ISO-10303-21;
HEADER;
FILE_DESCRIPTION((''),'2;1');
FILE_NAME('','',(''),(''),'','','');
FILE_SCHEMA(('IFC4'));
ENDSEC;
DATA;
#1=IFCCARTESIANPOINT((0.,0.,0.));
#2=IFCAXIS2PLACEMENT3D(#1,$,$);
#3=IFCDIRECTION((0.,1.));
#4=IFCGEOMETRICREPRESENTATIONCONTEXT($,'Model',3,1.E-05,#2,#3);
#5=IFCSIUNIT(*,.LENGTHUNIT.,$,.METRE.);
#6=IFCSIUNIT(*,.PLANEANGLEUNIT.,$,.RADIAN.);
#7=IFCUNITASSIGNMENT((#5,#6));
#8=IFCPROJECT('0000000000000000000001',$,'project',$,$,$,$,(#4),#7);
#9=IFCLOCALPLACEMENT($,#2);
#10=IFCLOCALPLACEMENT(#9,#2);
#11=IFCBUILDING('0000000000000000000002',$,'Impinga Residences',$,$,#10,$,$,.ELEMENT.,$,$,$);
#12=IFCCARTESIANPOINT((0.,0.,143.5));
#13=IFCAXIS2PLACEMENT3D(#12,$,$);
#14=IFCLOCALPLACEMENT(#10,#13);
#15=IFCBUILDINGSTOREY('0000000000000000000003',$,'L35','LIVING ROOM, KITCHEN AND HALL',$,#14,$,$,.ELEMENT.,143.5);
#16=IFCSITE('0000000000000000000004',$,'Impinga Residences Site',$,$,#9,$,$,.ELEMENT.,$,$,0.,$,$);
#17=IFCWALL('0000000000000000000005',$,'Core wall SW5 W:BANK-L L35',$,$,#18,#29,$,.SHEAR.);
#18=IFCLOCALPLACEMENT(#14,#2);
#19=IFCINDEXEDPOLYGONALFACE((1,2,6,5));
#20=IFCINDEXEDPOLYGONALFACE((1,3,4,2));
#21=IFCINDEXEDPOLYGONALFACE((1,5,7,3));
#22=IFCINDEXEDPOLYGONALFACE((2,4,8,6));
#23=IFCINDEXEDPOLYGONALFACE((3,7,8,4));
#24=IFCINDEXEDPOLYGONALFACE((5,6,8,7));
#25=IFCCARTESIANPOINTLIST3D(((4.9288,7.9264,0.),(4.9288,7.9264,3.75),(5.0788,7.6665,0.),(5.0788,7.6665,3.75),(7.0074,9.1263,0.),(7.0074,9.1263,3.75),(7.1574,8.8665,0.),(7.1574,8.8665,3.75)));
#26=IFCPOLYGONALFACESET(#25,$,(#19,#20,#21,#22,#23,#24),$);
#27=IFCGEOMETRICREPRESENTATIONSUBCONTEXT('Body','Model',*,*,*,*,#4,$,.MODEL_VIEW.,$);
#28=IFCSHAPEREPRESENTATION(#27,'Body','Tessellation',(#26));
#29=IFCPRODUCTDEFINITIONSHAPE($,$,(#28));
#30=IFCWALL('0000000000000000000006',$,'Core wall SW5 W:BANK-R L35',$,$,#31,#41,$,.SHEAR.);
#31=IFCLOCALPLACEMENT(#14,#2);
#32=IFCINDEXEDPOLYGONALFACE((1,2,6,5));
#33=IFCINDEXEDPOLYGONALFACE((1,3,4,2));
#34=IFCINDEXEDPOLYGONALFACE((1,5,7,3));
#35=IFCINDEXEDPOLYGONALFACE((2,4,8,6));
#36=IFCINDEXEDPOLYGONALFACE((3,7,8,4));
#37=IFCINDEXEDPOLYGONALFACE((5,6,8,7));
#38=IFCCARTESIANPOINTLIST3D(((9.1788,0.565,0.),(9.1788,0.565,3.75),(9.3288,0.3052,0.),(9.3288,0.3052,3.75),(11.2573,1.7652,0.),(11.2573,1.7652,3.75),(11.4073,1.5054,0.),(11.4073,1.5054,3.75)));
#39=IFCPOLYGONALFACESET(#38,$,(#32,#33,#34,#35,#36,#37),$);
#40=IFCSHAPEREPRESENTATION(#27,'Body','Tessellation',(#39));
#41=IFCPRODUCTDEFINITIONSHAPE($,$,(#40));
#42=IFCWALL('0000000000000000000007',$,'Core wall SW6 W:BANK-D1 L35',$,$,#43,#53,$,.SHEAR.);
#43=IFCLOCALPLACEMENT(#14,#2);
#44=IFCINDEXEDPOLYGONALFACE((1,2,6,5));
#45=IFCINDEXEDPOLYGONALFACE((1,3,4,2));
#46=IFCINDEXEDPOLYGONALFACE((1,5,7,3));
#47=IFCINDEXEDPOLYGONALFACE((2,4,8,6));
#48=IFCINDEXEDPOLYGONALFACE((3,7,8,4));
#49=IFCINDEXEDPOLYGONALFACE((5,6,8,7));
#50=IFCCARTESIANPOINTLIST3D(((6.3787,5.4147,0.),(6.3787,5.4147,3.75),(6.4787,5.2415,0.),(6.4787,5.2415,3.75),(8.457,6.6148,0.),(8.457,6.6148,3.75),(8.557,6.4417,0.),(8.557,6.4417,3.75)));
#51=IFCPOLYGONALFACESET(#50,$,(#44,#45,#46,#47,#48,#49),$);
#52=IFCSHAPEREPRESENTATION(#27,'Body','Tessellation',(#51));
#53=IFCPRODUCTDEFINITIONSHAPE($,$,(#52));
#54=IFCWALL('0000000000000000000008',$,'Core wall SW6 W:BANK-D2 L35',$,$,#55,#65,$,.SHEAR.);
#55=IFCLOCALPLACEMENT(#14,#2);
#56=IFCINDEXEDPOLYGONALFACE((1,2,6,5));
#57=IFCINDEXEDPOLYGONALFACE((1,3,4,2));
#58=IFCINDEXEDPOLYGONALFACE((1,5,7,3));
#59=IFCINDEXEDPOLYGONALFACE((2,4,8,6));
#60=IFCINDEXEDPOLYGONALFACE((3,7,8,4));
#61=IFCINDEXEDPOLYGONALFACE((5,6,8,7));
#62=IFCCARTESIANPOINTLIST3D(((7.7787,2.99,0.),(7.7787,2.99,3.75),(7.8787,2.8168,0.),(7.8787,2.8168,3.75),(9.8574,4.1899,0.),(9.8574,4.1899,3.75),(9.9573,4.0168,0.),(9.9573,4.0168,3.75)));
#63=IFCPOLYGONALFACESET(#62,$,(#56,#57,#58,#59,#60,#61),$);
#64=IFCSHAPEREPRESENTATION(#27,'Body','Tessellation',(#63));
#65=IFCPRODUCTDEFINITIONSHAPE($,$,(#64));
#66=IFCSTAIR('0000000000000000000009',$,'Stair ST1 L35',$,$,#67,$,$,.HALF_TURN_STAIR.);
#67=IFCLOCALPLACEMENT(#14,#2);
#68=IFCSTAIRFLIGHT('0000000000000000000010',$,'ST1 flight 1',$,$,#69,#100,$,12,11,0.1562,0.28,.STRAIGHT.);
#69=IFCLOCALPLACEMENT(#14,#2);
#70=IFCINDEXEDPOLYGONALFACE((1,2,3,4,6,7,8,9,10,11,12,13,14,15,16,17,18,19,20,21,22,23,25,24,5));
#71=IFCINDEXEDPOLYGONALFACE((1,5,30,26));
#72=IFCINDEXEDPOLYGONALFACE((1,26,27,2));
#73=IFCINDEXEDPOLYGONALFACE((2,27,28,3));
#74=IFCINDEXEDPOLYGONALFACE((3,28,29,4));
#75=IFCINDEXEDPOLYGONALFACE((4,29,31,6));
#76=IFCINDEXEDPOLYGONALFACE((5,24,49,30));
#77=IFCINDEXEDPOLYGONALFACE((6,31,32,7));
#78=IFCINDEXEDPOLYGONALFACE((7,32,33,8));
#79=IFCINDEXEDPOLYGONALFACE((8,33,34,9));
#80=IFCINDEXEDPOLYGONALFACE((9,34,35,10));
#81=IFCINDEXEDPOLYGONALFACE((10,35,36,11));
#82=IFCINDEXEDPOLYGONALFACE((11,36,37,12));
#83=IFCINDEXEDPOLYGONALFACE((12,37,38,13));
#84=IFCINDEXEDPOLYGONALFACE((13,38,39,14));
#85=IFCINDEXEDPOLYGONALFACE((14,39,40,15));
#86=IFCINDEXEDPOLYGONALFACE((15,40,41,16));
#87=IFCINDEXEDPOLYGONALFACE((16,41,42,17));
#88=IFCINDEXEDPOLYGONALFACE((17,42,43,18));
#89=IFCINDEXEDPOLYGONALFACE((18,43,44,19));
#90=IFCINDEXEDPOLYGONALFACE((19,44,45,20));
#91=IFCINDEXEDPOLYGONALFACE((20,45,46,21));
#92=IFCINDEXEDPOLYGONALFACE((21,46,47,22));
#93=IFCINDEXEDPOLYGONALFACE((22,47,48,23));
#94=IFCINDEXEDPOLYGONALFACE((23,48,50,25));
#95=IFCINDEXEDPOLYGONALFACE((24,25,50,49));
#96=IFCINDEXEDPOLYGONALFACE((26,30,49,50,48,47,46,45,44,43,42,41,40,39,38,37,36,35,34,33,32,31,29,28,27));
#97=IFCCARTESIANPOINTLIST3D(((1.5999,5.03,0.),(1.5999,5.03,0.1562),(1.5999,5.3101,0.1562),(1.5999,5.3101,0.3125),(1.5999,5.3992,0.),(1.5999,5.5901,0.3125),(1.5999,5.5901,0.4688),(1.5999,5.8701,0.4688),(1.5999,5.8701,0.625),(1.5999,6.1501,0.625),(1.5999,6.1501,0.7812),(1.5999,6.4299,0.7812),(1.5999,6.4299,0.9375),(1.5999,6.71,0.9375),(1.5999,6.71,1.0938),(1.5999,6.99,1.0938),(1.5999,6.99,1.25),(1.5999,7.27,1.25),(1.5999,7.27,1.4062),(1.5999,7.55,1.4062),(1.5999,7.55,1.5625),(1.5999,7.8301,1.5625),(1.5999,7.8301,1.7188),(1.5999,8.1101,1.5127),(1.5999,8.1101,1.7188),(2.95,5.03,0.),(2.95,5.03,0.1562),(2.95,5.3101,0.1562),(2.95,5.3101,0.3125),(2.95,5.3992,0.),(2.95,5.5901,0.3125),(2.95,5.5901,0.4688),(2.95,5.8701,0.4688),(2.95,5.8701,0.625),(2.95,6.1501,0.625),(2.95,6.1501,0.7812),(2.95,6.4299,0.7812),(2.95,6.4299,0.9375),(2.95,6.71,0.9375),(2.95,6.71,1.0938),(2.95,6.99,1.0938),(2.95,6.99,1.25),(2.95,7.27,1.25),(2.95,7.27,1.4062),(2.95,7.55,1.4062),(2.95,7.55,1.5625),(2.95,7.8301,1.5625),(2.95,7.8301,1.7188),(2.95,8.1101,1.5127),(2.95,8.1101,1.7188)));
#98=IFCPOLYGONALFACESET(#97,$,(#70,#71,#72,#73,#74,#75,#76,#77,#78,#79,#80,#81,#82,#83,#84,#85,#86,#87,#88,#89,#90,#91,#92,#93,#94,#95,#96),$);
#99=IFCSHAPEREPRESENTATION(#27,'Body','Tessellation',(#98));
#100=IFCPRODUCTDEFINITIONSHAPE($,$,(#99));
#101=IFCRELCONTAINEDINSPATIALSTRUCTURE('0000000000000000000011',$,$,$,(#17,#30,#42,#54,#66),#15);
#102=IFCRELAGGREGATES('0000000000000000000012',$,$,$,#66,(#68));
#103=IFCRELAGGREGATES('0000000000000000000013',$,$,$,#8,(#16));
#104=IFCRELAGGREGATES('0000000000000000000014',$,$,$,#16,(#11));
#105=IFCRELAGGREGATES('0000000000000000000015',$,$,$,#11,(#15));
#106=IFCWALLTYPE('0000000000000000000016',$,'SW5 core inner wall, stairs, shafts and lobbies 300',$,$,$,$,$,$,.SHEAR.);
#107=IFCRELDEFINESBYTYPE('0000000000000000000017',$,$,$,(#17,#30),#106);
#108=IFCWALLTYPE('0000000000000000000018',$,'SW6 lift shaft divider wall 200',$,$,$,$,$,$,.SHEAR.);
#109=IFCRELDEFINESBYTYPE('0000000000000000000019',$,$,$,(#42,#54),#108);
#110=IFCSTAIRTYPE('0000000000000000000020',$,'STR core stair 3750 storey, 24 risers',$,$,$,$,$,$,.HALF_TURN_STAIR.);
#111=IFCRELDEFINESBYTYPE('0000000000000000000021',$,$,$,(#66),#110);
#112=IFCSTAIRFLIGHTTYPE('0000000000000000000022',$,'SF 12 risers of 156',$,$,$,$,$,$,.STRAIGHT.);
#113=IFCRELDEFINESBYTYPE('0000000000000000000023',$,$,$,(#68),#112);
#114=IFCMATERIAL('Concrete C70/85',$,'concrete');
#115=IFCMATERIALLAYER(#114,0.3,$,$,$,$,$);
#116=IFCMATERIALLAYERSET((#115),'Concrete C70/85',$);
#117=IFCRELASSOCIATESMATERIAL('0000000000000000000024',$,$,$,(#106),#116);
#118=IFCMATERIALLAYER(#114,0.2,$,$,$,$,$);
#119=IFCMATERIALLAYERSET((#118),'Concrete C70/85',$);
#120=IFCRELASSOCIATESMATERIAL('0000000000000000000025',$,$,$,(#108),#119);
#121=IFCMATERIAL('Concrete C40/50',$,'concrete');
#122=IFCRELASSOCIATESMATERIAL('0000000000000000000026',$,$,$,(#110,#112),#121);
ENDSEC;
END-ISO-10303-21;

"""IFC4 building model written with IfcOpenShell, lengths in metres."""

from ifc_helpers import new_model, si_unit, direction, frame, frame_2d, origin, place, context, subcontext, project, spatial, polyline, rectangle, outline, extrude, material, layer, layer_set, type_object, element, aggregate, save


model = new_model("IFC4")

# Units and contexts
model_context = context("Model", 3, precision=1e-05, world=origin(), true_north=direction((0.0, 1.0)))
body_context = subcontext(model_context, "Body", "Model", "MODEL_VIEW")
ifc_project = project(units=[si_unit("LENGTHUNIT", "METRE"), si_unit("PLANEANGLEUNIT", "RADIAN")], contexts=[model_context])

# Site, building, storey
site_placement = place(None, origin())
site = spatial("IfcSite", under=ifc_project, at=site_placement, Name="Impinga Residences Site", CompositionType="ELEMENT", RefElevation=0.0)
building_placement = place(site_placement, origin())
building = spatial("IfcBuilding", under=site, at=building_placement, Name="Impinga Residences", CompositionType="ELEMENT")
storey_placement = place(building_placement, frame((0.0, 0.0, 143.5)))
storey = spatial("IfcBuildingStorey", under=building, at=storey_placement, Name="L35", Description="LIVING ROOM, KITCHEN AND HALL", CompositionType="ELEMENT", Elevation=143.5)

# Shared definitions
ifc_material_1 = material(Name="Concrete C70/85", Category="concrete")
ifc_layer_1 = layer(ifc_material_1, 0.3)
ifc_layer_set_1 = layer_set([ifc_layer_1], Name="Concrete C70/85")
wall_type_1 = type_object("IfcWallType", Name="SW5 core inner wall, stairs, shafts and lobbies 300", PredefinedType="SHEAR", material=ifc_layer_set_1)

# Walls
for number, where, z_axis, x_axis, name in (
    (1, (5.0037, 7.7964, 0.0), (0.0, 0.0, 1.0), (0.86605, 0.499957, 0.0), "Core wall SW5 W:BANK-L L35"),
    (2, (9.2537, 0.4351, 0.0), (0.0, 0.0, 1.0), (0.866006, 0.500034, 0.0), "Core wall SW5 W:BANK-R L35"),
):
    element("IfcWall", number, at=place(storey_placement, frame(where, z_axis=z_axis, x_axis=x_axis)), inside=storey, type_object=wall_type_1, Name=name, PredefinedType="SHEAR", context=body_context, shape_type="SweptSolid", body=[
        extrude(rectangle(XDim=2.4001, YDim=0.3, at=frame_2d((1.2002, 0.0))), origin(), (0.0, 0.0, 1.0), 3.75),
    ])
ifc_layer_2 = layer(ifc_material_1, 0.2)
ifc_layer_set_2 = layer_set([ifc_layer_2], Name="Concrete C70/85")
wall_type_2 = type_object("IfcWallType", Name="SW6 lift shaft divider wall 200", PredefinedType="SHEAR", material=ifc_layer_set_2)
wall_1_placement = place(storey_placement, frame((6.4287, 5.3281, 0.0), z_axis=(0.0, 0.0, 1.0), x_axis=(0.865981, 0.500078, 0.0)))
element("IfcWall", 3, at=wall_1_placement, inside=storey, type_object=wall_type_2, Name="Core wall SW6 W:BANK-D1 L35", PredefinedType="SHEAR", context=body_context, shape_type="SweptSolid", body=[
    extrude(rectangle(XDim=2.3999, YDim=0.2, at=frame_2d((1.2, 0.0))), origin(), (0.0, 0.0, 1.0), 3.75),
])
wall_2_placement = place(storey_placement, frame((7.8286, 2.9033, 0.0), z_axis=(0.0, 0.0, 1.0), x_axis=(0.86605, 0.499957, 0.0)))
element("IfcWall", 4, at=wall_2_placement, inside=storey, type_object=wall_type_2, Name="Core wall SW6 W:BANK-D2 L35", PredefinedType="SHEAR", context=body_context, shape_type="SweptSolid", body=[
    extrude(rectangle(XDim=2.4001, YDim=0.2, at=frame_2d((1.2002, 0.0))), origin(), (0.0, 0.0, 1.0), 3.75),
])

# Stair, stair flight
ifc_material_2 = material(Name="Concrete C40/50", Category="concrete")
stair_type = type_object("IfcStairType", Name="STR core stair 3750 storey, 24 risers", PredefinedType="HALF_TURN_STAIR", material=ifc_material_2)
stair_placement = place(storey_placement, origin())
stair = element("IfcStair", 5, at=stair_placement, inside=storey, type_object=stair_type, Name="Stair ST1 L35", PredefinedType="HALF_TURN_STAIR")
stair_flight_type = type_object("IfcStairFlightType", Name="SF 12 risers of 156", PredefinedType="STRAIGHT", material=ifc_material_2)
stair_flight_placement = place(storey_placement, frame((2.2749, 5.03, 0.0), z_axis=(0.0, 0.0, 1.0), x_axis=(0.0, 1.0, 0.0)))
stair_flight = element("IfcStairFlight", 6, at=stair_flight_placement, type_object=stair_flight_type, Name="ST1 flight 1", NumberOfRisers=12, NumberOfTreads=11, PredefinedType="STRAIGHT", RiserHeight=0.1562, TreadLength=0.28, context=body_context, shape_type="SweptSolid", body=[
    extrude(outline(polyline([(0.0, 0.0), (0.0, 0.1562), (0.28, 0.1562), (0.28, 0.3125), (0.5601, 0.3125), (0.5601, 0.4688), (0.8401, 0.4688), (0.8401, 0.625), (1.1201, 0.625), (1.1201, 0.7812), (1.3999, 0.7812), (1.3999, 0.9375), (1.6799, 0.9375), (1.6799, 1.0938), (1.96, 1.0938), (1.96, 1.25), (2.24, 1.25), (2.24, 1.4062), (2.52, 1.4062), (2.52, 1.5625), (2.8, 1.5625), (2.8, 1.7188), (3.0801, 1.7188), (3.0801, 1.875), (3.0801, 1.5127), (0.3691, 0.0), (0.0, 0.0)])), frame((0.0, 0.675, 0.0), z_axis=(0.0, -1.0, 0.0), x_axis=(1.0, 0.0, 0.0)), (0.0, 0.0, 1.0), 1.3501),
])
aggregate(stair, [stair_flight])

save(model, "model.ifc")
